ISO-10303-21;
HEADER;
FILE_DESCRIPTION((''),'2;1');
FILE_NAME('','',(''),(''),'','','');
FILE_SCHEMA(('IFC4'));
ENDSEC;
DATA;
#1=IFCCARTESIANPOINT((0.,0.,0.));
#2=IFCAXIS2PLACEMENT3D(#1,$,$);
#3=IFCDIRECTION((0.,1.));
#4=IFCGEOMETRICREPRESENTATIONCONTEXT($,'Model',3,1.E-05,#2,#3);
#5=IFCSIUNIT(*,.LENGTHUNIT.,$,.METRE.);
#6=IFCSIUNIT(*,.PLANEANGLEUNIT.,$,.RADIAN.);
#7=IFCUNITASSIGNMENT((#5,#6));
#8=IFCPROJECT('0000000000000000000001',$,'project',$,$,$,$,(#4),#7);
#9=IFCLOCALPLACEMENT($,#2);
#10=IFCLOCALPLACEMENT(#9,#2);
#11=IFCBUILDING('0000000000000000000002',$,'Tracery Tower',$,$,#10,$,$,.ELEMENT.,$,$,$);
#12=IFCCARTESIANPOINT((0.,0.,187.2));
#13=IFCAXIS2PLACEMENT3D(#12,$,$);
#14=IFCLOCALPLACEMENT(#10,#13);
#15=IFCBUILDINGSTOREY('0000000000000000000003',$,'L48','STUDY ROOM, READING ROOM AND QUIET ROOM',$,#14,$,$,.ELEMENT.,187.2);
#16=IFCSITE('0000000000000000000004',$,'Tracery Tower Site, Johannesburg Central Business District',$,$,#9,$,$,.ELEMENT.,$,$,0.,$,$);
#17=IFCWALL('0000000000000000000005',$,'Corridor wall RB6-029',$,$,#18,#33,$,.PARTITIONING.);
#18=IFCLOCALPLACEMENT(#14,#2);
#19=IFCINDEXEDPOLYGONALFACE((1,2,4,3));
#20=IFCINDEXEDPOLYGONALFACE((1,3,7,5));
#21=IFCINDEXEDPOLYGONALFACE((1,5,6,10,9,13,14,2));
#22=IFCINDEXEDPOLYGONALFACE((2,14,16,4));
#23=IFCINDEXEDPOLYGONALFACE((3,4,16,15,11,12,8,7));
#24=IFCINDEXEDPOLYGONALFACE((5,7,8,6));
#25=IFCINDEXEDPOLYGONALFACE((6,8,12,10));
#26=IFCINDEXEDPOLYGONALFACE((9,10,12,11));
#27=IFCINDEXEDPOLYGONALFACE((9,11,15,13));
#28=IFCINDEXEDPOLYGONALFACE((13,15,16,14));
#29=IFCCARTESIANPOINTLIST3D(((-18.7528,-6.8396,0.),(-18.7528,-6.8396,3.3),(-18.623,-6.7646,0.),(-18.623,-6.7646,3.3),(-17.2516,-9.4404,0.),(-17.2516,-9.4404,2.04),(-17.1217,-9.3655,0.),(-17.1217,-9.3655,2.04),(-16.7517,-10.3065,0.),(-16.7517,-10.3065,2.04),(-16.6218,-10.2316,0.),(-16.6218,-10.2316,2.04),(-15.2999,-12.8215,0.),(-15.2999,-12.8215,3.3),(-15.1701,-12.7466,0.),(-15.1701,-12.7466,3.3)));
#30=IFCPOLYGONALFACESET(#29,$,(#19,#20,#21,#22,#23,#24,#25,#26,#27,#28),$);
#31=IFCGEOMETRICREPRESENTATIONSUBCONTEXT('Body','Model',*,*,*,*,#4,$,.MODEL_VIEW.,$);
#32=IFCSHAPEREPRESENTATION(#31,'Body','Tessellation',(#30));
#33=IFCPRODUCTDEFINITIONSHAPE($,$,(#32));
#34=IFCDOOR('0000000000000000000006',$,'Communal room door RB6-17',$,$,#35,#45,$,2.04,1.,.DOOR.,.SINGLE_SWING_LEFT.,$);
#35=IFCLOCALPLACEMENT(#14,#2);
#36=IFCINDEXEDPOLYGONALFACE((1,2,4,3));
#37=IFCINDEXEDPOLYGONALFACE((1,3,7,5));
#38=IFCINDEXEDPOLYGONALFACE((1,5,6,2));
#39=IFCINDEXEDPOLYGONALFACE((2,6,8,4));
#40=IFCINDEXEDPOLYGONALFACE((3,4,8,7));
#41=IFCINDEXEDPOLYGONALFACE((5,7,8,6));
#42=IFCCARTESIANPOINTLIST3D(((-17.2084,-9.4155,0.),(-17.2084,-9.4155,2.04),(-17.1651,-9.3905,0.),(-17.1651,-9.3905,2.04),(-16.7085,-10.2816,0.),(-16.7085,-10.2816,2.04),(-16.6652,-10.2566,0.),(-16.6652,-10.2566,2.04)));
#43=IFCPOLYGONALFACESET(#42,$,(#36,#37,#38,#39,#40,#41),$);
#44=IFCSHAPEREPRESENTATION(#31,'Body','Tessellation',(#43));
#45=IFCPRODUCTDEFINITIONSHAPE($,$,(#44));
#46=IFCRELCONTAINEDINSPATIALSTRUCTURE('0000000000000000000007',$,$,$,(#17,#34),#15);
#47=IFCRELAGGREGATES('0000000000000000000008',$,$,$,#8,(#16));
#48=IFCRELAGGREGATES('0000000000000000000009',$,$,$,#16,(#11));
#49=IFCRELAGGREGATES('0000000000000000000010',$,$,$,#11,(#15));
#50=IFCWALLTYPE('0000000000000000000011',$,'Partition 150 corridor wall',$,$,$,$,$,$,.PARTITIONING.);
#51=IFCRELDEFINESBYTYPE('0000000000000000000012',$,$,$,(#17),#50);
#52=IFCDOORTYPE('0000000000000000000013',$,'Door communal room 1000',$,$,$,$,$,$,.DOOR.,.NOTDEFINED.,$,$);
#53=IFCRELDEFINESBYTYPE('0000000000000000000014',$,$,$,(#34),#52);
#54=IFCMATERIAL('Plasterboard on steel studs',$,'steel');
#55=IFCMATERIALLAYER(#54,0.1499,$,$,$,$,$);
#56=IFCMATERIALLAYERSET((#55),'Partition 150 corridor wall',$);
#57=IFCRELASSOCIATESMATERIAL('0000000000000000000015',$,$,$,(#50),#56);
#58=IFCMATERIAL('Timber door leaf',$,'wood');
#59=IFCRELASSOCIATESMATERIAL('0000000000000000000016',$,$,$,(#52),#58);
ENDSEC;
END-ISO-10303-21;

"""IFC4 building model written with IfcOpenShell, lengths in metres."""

from ifc_helpers import new_model, si_unit, direction, frame, frame_2d, origin, place, context, subcontext, project, spatial, rectangle, extrude, material, layer, layer_set, type_object, element, fill, save


model = new_model("IFC4")

# Units and contexts
model_context = context("Model", 3, precision=1e-05, world=origin(), true_north=direction((0.0, 1.0)))
body_context = subcontext(model_context, "Body", "Model", "MODEL_VIEW")
ifc_project = project(units=[si_unit("LENGTHUNIT", "METRE"), si_unit("PLANEANGLEUNIT", "RADIAN")], contexts=[model_context])

# Site, building, storey
site_placement = place(None, origin())
site = spatial("IfcSite", under=ifc_project, at=site_placement, Name="Tracery Tower Site, Johannesburg Central Business District", CompositionType="ELEMENT", RefElevation=0.0)
building_placement = place(site_placement, origin())
building = spatial("IfcBuilding", under=site, at=building_placement, Name="Tracery Tower", CompositionType="ELEMENT")
storey_placement = place(building_placement, frame((0.0, 0.0, 187.2)))
storey = spatial("IfcBuildingStorey", under=building, at=storey_placement, Name="L48", Description="STUDY ROOM, READING ROOM AND QUIET ROOM", CompositionType="ELEMENT", Elevation=187.2)

# Shared definitions
ifc_material_1 = material(Name="Plasterboard on steel studs", Category="steel")
ifc_layer_1 = layer(ifc_material_1, 0.1499)
ifc_layer_set_1 = layer_set([ifc_layer_1], Name="Partition 150 corridor wall")
wall_type_1 = type_object("IfcWallType", Name="Partition 150 corridor wall", PredefinedType="PARTITIONING", material=ifc_layer_set_1)

# Wall, opening, door
wall_1_placement = place(storey_placement, frame((-18.688, -6.802, 0.0), z_axis=(0.0, 0.0, 1.0), x_axis=(0.499914, -0.866075, 0.0)))
wall_1 = element("IfcWall", 1, at=wall_1_placement, inside=storey, type_object=wall_type_1, Name="Corridor wall RB6-029", PredefinedType="PARTITIONING", context=body_context, shape_type="SweptSolid", body=[
    extrude(rectangle(XDim=6.907, YDim=0.1499, at=frame_2d((3.4536, 0.0))), origin(), (0.0, 0.0, 1.0), 3.3),
])
opening_1_placement = place(wall_1_placement, frame((3.0032, 0.0, 0.0)))
opening_1 = element("IfcOpeningElement", 2, at=opening_1_placement, cuts=wall_1, PredefinedType="OPENING", context=body_context, shape_type="SweptSolid", body=[
    extrude(rectangle(XDim=1.0, YDim=2.04, at=frame_2d((0.5, 1.02))), frame((0.0, 0.075, 0.0), z_axis=(0.0, -1.0, 0.0), x_axis=(1.0, 0.0, 0.0)), (0.0, 0.0, 1.0), 0.1499),
])
ifc_material_2 = material(Name="Timber door leaf", Category="wood")
door_type_1 = type_object("IfcDoorType", Name="Door communal room 1000", OperationType="NOTDEFINED", PredefinedType="DOOR", material=ifc_material_2)
door_1_placement = place(opening_1_placement, origin())
door_1 = element("IfcDoor", 3, at=door_1_placement, inside=storey, type_object=door_type_1, Name="Communal room door RB6-17", OperationType="SINGLE_SWING_LEFT", OverallHeight=2.04, OverallWidth=1.0, PredefinedType="DOOR", context=body_context, shape_type="SweptSolid", body=[
    extrude(rectangle(XDim=1.0, YDim=2.04, at=frame_2d((0.5, 1.02))), frame((0.0, 0.0249, 0.0), z_axis=(0.0, -1.0, 0.0), x_axis=(1.0, 0.0, 0.0)), (0.0, 0.0, 1.0), 0.05),
])
fill(opening_1, door_1)

save(model, "model.ifc")
